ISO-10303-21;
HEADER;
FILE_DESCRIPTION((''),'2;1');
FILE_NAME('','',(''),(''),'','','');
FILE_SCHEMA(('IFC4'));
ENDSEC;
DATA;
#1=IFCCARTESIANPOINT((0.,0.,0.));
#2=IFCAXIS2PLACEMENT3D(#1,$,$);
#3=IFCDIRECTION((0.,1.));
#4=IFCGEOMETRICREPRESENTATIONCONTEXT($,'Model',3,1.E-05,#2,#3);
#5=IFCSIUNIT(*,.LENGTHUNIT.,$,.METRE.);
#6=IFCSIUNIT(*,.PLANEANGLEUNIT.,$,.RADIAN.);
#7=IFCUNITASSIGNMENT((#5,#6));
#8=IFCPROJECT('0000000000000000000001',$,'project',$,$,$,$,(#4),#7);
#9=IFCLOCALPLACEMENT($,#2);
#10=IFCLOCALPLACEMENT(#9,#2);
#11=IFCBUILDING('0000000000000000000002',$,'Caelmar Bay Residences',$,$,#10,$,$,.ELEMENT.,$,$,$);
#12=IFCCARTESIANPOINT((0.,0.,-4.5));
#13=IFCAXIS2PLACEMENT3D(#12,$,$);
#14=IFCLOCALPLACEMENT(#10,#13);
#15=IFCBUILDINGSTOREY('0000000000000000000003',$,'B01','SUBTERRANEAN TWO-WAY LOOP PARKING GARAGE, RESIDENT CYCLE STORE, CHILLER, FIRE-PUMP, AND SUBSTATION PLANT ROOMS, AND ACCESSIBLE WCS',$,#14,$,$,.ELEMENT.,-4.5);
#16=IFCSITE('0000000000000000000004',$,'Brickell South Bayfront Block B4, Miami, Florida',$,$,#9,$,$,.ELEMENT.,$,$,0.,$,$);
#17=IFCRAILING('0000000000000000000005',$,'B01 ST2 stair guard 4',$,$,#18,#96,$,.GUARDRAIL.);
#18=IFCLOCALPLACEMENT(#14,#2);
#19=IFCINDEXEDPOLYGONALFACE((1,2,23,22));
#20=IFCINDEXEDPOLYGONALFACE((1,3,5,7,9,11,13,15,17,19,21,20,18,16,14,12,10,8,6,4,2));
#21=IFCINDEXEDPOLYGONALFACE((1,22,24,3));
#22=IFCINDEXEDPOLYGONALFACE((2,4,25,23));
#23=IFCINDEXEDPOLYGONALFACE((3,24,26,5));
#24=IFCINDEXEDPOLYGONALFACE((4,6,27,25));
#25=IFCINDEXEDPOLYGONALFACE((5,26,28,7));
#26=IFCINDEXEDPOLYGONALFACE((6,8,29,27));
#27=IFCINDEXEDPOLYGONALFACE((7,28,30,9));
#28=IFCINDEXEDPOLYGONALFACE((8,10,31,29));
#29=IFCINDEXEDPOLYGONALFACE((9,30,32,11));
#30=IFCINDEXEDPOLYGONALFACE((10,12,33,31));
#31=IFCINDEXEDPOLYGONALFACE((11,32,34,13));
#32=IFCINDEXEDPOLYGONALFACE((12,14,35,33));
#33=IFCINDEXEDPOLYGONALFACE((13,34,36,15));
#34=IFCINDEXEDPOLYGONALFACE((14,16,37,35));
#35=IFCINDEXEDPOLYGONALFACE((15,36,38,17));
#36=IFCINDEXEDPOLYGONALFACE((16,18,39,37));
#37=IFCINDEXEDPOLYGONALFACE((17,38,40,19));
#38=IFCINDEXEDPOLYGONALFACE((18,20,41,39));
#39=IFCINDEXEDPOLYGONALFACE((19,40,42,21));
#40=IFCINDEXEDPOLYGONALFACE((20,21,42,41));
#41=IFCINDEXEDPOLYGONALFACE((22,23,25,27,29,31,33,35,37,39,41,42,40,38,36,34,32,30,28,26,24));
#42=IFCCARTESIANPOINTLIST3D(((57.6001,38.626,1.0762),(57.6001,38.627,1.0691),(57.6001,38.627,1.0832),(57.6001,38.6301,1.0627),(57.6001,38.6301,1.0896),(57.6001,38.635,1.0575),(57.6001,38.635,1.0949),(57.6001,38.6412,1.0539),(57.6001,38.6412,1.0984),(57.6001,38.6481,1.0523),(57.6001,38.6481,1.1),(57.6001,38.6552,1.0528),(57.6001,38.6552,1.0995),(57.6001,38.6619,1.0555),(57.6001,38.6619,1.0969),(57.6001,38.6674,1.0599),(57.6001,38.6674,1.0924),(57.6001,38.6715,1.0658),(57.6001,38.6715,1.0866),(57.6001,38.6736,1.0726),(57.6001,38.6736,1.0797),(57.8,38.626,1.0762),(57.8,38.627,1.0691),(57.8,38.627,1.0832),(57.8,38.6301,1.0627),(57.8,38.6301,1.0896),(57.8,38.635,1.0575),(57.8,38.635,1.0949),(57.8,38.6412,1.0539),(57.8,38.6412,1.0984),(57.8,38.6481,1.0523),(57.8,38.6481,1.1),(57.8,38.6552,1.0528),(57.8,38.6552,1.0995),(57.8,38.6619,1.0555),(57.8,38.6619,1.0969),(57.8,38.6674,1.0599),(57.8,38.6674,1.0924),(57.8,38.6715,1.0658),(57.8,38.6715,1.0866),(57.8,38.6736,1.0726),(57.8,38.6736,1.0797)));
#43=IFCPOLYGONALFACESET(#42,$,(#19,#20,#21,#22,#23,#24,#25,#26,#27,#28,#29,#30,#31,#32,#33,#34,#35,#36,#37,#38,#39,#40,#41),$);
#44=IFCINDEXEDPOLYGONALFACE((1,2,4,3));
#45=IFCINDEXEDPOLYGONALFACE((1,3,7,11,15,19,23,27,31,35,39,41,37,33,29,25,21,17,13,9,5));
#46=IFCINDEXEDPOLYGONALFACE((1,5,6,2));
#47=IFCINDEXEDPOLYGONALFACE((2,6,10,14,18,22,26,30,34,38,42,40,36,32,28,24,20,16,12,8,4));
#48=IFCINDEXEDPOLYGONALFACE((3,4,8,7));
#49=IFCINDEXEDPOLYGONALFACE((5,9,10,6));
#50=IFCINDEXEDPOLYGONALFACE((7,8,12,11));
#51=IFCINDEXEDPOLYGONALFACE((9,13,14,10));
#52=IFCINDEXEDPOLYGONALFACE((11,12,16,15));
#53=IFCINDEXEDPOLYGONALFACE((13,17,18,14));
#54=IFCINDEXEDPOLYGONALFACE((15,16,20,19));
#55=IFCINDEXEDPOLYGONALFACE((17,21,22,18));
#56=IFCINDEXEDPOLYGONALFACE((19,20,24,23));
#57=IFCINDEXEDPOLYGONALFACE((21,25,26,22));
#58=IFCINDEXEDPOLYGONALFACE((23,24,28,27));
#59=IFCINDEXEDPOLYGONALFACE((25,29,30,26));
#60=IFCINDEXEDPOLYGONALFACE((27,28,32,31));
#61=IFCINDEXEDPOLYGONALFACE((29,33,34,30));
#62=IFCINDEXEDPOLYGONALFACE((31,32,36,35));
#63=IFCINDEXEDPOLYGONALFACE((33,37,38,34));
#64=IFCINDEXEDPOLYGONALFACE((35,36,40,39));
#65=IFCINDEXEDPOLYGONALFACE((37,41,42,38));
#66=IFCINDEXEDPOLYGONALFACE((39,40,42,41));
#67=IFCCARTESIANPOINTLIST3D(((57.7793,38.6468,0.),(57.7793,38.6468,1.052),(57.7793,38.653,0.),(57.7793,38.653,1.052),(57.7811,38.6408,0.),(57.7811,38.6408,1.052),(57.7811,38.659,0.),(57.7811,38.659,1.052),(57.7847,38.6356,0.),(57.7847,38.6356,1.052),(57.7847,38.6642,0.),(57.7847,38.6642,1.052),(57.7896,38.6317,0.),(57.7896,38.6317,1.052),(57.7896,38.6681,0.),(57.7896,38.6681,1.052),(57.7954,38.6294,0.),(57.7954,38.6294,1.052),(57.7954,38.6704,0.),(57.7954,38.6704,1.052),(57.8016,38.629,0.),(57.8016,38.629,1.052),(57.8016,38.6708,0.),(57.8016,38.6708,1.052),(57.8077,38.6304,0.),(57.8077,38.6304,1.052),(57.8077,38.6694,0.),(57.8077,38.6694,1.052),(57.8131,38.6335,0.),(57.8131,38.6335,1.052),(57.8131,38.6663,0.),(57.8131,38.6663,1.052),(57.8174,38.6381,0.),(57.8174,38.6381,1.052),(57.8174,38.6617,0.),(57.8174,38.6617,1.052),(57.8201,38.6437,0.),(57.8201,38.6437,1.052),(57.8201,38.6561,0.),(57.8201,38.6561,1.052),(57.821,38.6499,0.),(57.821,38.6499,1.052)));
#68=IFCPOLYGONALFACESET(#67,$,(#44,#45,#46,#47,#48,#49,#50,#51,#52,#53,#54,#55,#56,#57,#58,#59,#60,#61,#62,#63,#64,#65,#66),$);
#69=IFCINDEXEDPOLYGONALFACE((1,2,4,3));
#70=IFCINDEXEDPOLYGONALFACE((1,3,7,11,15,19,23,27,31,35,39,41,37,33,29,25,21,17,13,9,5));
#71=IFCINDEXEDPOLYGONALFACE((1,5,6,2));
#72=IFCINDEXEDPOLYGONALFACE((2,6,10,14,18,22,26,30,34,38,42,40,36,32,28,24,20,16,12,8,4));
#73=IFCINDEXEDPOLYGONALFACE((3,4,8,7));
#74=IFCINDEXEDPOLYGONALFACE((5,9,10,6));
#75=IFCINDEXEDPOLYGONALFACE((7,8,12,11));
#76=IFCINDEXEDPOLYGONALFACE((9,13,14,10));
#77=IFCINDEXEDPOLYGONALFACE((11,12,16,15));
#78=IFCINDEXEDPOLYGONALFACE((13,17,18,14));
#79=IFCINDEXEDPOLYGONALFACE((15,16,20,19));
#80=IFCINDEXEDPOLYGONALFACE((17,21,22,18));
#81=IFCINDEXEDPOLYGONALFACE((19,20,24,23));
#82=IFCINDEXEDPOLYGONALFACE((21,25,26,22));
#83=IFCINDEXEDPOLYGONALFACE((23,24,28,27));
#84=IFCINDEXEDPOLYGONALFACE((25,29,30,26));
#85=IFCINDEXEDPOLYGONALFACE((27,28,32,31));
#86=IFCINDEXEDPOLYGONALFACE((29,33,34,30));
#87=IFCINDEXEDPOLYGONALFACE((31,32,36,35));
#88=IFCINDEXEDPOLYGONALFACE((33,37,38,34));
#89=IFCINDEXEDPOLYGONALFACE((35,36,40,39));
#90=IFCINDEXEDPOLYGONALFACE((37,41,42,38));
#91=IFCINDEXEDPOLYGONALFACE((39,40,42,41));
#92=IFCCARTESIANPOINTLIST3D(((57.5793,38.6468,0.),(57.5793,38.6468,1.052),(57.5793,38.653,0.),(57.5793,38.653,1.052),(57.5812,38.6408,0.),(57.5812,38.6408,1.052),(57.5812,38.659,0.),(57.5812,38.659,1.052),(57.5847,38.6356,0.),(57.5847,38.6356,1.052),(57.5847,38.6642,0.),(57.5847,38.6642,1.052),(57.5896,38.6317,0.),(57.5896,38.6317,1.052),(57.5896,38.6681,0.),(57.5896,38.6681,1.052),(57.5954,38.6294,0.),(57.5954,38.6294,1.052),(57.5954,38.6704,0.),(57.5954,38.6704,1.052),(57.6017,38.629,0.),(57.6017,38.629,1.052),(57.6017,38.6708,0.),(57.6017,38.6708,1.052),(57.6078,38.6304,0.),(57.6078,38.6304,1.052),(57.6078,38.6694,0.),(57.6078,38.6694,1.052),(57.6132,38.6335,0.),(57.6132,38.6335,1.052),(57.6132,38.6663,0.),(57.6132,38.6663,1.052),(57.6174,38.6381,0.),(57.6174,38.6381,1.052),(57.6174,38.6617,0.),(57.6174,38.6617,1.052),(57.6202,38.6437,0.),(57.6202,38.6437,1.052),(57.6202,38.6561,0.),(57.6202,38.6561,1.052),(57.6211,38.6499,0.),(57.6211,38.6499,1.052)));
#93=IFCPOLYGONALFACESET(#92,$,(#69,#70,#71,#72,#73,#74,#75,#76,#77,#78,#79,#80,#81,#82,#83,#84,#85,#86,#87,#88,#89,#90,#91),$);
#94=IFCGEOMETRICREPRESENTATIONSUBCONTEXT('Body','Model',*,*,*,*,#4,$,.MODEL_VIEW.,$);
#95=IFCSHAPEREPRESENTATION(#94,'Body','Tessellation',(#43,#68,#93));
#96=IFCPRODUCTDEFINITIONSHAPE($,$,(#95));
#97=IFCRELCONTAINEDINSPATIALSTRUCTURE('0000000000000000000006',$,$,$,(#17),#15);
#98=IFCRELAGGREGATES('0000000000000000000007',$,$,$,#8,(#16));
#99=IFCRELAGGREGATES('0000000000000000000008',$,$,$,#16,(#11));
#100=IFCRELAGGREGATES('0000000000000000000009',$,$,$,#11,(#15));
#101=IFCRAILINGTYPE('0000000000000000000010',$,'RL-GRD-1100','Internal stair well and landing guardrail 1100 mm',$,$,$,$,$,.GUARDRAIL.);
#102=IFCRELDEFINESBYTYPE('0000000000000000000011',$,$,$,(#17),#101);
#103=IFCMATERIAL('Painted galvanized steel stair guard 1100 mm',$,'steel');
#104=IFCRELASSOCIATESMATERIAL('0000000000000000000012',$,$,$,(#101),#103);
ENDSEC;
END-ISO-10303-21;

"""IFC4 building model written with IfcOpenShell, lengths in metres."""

from ifc_helpers import new_model, si_unit, direction, frame, origin, origin_2d, place, context, subcontext, project, spatial, circle, extrude, material, type_object, element, save


model = new_model("IFC4")

# Units and contexts
model_context = context("Model", 3, precision=1e-05, world=origin(), true_north=direction((0.0, 1.0)))
body_context = subcontext(model_context, "Body", "Model", "MODEL_VIEW")
ifc_project = project(units=[si_unit("LENGTHUNIT", "METRE"), si_unit("PLANEANGLEUNIT", "RADIAN")], contexts=[model_context])

# Site, building, storey
site_placement = place(None, origin())
site = spatial("IfcSite", under=ifc_project, at=site_placement, Name="Brickell South Bayfront Block B4, Miami, Florida", CompositionType="ELEMENT", RefElevation=0.0)
building_placement = place(site_placement, origin())
building = spatial("IfcBuilding", under=site, at=building_placement, Name="Caelmar Bay Residences", CompositionType="ELEMENT")
storey_placement = place(building_placement, frame((0.0, 0.0, -4.5)))
storey = spatial("IfcBuildingStorey", under=building, at=storey_placement, Name="B01", Description="SUBTERRANEAN TWO-WAY LOOP PARKING GARAGE, RESIDENT CYCLE STORE, CHILLER, FIRE-PUMP, AND SUBSTATION PLANT ROOMS, AND ACCESSIBLE WCS", CompositionType="ELEMENT", Elevation=-4.5)

# Railing
ifc_material_1 = material(Name="Painted galvanized steel stair guard 1100 mm", Category="steel")
railing_type_1 = type_object("IfcRailingType", Name="RL-GRD-1100", Description="Internal stair well and landing guardrail 1100 mm", PredefinedType="GUARDRAIL", material=ifc_material_1)
railing_1_placement = place(storey_placement, frame((57.8, 38.6499, 0.0)))
element("IfcRailing", 1, at=railing_1_placement, inside=storey, type_object=railing_type_1, Name="B01 ST2 stair guard 4", PredefinedType="GUARDRAIL", context=body_context, shape_type="SweptSolid", body=[
    extrude(circle(Radius=0.0239, at=origin_2d()), frame((0.0, 0.0, 1.0762), z_axis=(-1.0, 0.0, 0.0), x_axis=(0.0, -1.0, 0.0)), (0.0, 0.0, 1.0), 0.2),
    extrude(circle(Radius=0.021, at=origin_2d()), origin(), (0.0, 0.0, 1.0), 1.052),
    extrude(circle(Radius=0.021, at=origin_2d()), frame((-0.2, 0.0, 0.0)), (0.0, 0.0, 1.0), 1.052),
])

save(model, "model.ifc")
